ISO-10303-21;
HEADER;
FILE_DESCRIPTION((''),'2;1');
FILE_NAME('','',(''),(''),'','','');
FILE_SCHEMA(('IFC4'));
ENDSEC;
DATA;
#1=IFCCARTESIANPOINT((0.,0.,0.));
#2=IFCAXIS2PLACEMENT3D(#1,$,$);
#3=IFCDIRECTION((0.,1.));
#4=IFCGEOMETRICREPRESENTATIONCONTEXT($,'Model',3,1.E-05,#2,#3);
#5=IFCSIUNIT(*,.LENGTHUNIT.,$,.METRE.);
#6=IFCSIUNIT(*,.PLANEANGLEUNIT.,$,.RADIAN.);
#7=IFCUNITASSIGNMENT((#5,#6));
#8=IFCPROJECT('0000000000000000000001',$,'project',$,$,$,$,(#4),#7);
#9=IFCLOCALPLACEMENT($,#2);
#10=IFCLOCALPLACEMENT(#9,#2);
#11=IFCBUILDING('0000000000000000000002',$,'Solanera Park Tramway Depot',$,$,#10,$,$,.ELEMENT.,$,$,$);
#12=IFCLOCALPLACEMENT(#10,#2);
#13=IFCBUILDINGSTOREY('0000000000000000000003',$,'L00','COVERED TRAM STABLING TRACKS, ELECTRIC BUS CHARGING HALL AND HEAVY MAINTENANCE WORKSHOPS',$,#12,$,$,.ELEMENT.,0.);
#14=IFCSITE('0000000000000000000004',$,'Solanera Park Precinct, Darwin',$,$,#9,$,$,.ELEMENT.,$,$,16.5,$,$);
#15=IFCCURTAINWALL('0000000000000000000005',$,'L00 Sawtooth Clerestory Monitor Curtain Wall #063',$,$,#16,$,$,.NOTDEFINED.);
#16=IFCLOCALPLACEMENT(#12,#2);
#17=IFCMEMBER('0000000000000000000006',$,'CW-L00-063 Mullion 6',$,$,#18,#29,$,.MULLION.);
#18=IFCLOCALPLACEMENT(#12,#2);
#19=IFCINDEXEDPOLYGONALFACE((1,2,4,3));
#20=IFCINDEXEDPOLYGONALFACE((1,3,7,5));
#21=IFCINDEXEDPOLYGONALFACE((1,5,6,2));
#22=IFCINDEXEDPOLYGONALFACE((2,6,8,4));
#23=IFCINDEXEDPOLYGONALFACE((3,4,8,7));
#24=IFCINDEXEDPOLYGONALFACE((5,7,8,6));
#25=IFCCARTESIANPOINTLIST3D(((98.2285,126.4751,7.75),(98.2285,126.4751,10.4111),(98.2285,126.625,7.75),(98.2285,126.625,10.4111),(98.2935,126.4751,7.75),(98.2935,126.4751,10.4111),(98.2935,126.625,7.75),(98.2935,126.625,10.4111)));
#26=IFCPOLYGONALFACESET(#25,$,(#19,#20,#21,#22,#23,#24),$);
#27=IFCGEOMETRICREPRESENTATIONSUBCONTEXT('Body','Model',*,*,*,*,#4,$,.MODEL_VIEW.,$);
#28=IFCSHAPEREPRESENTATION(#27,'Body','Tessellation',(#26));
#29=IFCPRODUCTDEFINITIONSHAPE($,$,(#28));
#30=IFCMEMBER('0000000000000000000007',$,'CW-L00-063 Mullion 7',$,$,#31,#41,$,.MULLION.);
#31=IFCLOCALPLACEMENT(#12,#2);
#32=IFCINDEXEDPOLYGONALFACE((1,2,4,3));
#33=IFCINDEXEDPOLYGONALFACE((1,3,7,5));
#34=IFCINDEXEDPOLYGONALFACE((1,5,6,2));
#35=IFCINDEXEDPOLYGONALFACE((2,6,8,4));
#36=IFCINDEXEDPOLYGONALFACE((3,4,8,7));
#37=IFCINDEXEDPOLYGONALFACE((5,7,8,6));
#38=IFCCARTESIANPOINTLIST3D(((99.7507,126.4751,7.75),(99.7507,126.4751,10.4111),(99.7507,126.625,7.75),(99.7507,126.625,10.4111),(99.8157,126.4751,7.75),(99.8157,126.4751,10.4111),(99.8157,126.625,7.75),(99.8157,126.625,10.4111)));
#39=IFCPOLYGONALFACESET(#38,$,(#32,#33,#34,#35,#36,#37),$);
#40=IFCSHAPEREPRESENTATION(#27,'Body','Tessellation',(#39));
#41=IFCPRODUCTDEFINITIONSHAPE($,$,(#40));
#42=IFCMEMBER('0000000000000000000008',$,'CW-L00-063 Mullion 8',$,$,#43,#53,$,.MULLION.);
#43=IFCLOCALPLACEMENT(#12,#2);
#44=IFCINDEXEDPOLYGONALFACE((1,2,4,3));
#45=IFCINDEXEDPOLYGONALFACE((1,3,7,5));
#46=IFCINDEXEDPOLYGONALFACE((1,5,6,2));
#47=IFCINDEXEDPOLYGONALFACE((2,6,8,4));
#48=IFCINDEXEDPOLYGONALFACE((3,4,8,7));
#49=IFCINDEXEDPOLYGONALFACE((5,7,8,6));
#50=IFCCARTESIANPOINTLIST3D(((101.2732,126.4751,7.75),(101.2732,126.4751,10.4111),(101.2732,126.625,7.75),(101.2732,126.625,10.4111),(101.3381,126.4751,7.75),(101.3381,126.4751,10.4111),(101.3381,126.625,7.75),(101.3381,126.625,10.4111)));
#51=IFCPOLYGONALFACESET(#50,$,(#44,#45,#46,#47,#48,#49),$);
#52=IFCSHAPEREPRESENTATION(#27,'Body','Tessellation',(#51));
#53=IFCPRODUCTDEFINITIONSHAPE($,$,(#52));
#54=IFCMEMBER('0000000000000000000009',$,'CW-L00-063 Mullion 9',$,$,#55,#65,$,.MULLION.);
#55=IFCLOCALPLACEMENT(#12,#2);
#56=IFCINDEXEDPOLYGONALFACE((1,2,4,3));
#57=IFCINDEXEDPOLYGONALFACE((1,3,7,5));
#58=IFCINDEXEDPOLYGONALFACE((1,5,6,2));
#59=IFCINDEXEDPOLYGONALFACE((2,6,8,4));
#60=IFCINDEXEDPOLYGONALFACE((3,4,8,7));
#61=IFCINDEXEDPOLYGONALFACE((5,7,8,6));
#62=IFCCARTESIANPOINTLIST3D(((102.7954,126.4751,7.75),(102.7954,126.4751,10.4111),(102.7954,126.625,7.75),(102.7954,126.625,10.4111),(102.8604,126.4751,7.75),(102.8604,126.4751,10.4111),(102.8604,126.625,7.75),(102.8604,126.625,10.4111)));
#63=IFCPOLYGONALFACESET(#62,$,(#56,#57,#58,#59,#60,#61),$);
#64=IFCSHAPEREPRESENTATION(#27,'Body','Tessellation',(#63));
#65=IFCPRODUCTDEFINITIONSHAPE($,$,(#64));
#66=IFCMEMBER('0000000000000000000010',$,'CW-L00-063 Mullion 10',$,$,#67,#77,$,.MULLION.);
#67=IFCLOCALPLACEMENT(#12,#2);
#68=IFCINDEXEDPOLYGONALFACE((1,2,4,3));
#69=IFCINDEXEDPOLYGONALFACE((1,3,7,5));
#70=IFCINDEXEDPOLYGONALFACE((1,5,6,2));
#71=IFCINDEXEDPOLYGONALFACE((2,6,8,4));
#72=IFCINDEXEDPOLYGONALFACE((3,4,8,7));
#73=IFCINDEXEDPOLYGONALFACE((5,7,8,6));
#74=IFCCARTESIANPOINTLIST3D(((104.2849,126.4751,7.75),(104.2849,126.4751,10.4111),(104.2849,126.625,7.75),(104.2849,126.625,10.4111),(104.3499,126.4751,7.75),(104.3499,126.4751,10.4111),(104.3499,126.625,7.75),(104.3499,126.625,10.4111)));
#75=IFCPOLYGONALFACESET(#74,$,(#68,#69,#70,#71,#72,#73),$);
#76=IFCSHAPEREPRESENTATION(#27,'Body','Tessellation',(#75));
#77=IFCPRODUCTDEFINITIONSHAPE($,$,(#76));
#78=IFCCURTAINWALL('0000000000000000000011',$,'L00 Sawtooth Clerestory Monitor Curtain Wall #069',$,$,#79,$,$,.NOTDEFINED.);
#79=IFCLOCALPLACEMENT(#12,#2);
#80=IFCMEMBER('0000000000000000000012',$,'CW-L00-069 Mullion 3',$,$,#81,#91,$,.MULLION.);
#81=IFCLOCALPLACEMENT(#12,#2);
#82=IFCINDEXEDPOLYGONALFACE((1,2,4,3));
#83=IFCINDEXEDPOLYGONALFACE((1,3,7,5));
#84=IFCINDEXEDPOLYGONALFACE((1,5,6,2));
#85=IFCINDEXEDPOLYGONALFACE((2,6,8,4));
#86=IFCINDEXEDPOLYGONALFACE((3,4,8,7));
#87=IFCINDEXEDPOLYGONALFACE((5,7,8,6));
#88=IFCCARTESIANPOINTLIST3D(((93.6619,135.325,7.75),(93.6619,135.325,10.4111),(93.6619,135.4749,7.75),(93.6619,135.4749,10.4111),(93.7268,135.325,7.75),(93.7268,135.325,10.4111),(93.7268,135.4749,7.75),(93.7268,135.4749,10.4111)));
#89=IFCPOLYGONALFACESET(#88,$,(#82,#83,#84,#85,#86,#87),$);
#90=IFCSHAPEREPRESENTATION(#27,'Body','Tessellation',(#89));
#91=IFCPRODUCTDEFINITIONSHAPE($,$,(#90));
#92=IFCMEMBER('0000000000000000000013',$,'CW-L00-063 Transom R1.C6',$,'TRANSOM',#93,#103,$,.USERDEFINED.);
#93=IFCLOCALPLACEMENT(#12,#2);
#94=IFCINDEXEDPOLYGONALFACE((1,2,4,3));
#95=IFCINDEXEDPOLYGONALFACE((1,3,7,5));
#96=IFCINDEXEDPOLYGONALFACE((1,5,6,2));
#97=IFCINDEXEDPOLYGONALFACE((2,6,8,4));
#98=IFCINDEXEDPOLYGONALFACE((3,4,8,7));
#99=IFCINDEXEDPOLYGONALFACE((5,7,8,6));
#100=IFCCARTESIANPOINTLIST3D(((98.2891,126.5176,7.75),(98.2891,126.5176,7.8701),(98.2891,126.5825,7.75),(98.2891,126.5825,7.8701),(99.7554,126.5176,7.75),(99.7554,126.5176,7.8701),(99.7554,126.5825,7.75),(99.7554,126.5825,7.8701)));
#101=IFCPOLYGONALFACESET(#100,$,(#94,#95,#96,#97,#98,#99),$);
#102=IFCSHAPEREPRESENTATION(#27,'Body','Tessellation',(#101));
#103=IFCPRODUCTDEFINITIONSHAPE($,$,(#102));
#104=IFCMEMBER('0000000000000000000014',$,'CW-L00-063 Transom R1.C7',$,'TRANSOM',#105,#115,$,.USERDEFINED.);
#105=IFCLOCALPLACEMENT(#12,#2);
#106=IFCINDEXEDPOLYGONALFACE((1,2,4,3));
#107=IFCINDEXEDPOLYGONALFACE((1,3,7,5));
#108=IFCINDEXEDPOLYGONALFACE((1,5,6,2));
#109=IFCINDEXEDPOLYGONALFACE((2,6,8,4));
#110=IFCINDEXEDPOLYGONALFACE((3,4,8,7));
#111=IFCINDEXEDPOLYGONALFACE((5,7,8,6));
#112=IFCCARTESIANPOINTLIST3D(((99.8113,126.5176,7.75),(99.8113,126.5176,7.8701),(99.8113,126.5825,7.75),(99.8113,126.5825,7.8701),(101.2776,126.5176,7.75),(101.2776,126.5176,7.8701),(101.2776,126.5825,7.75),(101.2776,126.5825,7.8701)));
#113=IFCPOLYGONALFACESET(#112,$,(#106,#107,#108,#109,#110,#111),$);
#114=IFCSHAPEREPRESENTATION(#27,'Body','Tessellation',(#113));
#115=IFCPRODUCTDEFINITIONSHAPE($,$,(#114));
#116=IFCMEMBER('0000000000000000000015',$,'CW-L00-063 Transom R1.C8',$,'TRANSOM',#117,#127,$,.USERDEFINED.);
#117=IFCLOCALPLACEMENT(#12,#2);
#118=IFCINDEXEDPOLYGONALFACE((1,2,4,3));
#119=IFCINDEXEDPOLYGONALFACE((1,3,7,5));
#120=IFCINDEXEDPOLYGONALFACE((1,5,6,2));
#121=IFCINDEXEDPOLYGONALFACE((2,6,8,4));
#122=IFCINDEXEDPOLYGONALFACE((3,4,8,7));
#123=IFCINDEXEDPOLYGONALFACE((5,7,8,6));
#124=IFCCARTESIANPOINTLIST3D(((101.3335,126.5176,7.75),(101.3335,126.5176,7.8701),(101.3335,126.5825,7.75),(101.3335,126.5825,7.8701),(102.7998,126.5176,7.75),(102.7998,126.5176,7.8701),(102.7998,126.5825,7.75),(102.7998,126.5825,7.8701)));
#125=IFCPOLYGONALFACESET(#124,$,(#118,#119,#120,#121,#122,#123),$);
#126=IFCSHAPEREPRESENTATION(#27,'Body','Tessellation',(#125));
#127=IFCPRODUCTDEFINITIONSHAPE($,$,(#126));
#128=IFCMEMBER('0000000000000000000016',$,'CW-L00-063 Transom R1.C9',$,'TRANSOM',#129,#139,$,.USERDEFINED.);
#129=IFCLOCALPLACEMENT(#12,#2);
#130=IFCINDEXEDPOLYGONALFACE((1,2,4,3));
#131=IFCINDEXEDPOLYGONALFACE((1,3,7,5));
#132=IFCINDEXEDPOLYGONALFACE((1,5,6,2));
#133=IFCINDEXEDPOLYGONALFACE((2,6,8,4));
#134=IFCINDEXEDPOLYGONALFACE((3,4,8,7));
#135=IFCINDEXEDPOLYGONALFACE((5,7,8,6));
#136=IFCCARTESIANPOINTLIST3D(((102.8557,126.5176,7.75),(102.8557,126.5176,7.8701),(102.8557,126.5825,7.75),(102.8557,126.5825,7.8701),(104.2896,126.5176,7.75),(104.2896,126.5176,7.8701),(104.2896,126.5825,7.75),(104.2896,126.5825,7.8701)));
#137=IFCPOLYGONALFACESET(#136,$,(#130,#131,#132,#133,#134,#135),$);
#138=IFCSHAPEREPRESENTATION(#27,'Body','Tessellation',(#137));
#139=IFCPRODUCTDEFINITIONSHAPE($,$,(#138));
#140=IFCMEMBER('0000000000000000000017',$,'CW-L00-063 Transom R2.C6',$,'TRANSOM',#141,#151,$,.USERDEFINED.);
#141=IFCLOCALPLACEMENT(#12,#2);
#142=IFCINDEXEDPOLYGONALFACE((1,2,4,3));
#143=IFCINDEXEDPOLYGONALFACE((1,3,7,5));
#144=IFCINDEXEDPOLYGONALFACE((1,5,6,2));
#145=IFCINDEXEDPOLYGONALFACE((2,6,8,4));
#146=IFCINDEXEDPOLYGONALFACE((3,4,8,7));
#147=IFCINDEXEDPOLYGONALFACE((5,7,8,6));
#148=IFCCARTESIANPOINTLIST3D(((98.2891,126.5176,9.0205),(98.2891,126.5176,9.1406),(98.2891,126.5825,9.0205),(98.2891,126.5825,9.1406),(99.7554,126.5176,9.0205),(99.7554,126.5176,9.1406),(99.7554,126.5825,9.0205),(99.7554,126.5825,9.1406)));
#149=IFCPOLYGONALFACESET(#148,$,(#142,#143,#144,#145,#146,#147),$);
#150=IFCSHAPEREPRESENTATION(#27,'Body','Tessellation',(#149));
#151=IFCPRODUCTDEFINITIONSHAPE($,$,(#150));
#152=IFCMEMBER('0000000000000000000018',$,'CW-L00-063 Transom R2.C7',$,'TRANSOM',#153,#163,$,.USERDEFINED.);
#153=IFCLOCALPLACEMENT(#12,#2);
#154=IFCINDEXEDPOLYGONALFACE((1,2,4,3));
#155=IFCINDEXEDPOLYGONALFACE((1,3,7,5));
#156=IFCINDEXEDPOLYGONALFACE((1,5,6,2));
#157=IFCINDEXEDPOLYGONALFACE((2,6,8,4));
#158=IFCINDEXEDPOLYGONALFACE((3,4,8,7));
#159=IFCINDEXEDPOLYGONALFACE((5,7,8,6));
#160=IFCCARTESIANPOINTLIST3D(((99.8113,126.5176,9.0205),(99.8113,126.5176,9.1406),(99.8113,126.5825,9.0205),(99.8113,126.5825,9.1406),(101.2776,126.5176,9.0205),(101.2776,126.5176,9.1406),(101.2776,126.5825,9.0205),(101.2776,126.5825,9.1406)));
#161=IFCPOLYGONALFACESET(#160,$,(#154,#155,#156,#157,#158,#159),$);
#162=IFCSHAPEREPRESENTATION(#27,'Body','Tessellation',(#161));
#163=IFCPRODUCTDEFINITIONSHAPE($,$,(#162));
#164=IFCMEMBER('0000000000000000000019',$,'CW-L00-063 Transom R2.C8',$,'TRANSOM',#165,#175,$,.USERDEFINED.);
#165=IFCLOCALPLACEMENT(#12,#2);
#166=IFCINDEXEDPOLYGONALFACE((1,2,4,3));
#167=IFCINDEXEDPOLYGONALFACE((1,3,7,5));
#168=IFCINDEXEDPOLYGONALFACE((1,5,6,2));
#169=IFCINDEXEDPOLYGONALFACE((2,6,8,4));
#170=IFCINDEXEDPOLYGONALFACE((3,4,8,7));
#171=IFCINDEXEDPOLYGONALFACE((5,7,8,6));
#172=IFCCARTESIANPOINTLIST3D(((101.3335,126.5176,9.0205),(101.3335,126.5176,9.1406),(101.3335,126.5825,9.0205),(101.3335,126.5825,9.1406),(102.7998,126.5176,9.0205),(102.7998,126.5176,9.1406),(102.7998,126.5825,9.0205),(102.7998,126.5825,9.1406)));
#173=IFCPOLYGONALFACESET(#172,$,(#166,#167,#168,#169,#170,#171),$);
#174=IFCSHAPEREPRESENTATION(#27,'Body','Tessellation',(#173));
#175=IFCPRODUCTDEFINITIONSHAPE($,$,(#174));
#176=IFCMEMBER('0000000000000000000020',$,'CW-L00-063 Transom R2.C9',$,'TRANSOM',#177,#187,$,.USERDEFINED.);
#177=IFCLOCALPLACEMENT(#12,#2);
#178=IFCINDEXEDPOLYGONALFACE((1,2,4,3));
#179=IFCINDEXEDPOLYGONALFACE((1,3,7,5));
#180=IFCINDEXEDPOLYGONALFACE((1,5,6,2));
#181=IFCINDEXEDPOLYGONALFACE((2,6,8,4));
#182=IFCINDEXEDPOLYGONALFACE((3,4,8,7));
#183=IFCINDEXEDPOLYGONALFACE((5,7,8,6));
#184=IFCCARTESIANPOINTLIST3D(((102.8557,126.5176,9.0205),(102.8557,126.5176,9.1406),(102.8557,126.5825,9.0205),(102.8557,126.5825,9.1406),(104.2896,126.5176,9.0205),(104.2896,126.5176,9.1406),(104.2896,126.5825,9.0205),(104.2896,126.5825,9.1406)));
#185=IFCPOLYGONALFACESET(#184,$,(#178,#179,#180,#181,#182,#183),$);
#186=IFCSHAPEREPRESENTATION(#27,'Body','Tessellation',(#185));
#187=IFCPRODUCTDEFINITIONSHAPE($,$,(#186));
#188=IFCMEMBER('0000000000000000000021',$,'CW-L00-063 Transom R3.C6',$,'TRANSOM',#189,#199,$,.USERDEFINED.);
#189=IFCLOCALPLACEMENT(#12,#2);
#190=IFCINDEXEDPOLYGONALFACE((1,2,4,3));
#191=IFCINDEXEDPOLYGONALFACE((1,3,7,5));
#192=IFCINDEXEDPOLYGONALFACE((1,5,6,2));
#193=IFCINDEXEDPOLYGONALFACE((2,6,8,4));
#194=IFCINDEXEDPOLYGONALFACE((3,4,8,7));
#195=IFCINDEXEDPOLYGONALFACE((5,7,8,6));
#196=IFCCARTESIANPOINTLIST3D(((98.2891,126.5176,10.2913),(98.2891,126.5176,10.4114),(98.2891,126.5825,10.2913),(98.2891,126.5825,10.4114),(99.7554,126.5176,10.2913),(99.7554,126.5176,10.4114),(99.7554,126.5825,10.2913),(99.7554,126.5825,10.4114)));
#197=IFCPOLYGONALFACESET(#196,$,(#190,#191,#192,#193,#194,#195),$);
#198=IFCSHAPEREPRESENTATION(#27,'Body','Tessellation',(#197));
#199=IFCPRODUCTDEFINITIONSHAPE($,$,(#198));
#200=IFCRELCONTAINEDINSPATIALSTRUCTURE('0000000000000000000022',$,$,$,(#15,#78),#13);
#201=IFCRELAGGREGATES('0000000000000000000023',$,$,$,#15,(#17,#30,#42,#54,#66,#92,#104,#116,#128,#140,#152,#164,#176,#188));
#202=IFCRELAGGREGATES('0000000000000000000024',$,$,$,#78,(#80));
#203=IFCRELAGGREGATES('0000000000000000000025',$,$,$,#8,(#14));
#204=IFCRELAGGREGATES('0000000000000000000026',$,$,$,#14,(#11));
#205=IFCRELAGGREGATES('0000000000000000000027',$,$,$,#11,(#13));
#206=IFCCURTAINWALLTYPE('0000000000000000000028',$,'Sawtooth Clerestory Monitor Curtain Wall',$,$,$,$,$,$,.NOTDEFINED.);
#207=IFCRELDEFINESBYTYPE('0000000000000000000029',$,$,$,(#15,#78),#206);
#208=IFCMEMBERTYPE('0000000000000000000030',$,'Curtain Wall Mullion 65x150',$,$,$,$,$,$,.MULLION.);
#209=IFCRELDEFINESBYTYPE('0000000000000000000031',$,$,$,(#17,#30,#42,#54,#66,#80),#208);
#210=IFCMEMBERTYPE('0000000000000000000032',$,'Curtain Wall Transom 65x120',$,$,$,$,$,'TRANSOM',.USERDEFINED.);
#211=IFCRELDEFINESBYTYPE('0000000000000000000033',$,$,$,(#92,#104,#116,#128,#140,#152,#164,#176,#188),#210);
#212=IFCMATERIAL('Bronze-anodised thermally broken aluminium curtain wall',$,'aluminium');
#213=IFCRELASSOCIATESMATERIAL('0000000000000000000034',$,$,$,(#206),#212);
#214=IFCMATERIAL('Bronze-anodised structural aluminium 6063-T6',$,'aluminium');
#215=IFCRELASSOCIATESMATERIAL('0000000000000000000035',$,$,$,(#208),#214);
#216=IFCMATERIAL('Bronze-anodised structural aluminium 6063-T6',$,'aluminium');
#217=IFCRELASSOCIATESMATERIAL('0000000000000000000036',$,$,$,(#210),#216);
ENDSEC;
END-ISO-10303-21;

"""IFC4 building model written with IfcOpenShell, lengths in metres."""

from ifc_helpers import new_model, si_unit, direction, frame, origin, origin_2d, place, context, subcontext, project, spatial, rectangle, extrude, material, material_profile, profile_set, type_object, element, aggregate, save


model = new_model("IFC4")

# Units and contexts
model_context = context("Model", 3, precision=1e-05, world=origin(), true_north=direction((0.0, 1.0)))
body_context = subcontext(model_context, "Body", "Model", "MODEL_VIEW")
ifc_project = project(units=[si_unit("LENGTHUNIT", "METRE"), si_unit("PLANEANGLEUNIT", "RADIAN")], contexts=[model_context])

# Site, building, storey
site_placement = place(None, origin())
site = spatial("IfcSite", under=ifc_project, at=site_placement, Name="Solanera Park Precinct, Darwin", CompositionType="ELEMENT", RefElevation=16.5)
building_placement = place(site_placement, origin())
building = spatial("IfcBuilding", under=site, at=building_placement, Name="Solanera Park Tramway Depot", CompositionType="ELEMENT")
storey_placement = place(building_placement, origin())
storey = spatial("IfcBuildingStorey", under=building, at=storey_placement, Name="L00", Description="COVERED TRAM STABLING TRACKS, ELECTRIC BUS CHARGING HALL AND HEAVY MAINTENANCE WORKSHOPS", CompositionType="ELEMENT", Elevation=0.0)

# Curtain wall, members
ifc_material_1 = material(Name="Bronze-anodised thermally broken aluminium curtain wall", Category="aluminium")
curtain_wall_type = type_object("IfcCurtainWallType", Name="Sawtooth Clerestory Monitor Curtain Wall", PredefinedType="NOTDEFINED", material=ifc_material_1)
curtain_wall_1_placement = place(storey_placement, origin())
curtain_wall_1 = element("IfcCurtainWall", 1, at=curtain_wall_1_placement, inside=storey, type_object=curtain_wall_type, Name="L00 Sawtooth Clerestory Monitor Curtain Wall #063", PredefinedType="NOTDEFINED")
ifc_material_2 = material(Name="Bronze-anodised structural aluminium 6063-T6", Category="aluminium")
ifc_material_profile_1 = material_profile(ifc_material_2, rectangle(XDim=0.0649, YDim=0.1499, at=origin_2d()), Name="Curtain Wall Mullion 65x150")
ifc_profile_set_1 = profile_set([ifc_material_profile_1], Name="Bronze-anodised structural aluminium 6063-T6")
member_type_1 = type_object("IfcMemberType", Name="Curtain Wall Mullion 65x150", PredefinedType="MULLION", material=ifc_profile_set_1)
member_1_placement = place(storey_placement, frame((98.261, 126.55, 7.75), z_axis=(0.0, 0.0, 1.0), x_axis=(1.0, 0.0, 0.0)))
member_1 = element("IfcMember", 2, at=member_1_placement, type_object=member_type_1, Name="CW-L00-063 Mullion 6", PredefinedType="MULLION", context=body_context, shape_type="SweptSolid", body=[
    extrude(rectangle(XDim=0.0649, YDim=0.1499, at=origin_2d()), origin(), (0.0, 0.0, 1.0), 2.6611),
])
member_2_placement = place(storey_placement, frame((99.7832, 126.55, 7.75), z_axis=(0.0, 0.0, 1.0), x_axis=(1.0, 0.0, 0.0)))
member_2 = element("IfcMember", 3, at=member_2_placement, type_object=member_type_1, Name="CW-L00-063 Mullion 7", PredefinedType="MULLION", context=body_context, shape_type="SweptSolid", body=[
    extrude(rectangle(XDim=0.0649, YDim=0.1499, at=origin_2d()), origin(), (0.0, 0.0, 1.0), 2.6611),
])
member_3_placement = place(storey_placement, frame((101.3057, 126.55, 7.75), z_axis=(0.0, 0.0, 1.0), x_axis=(1.0, 0.0, 0.0)))
member_3 = element("IfcMember", 4, at=member_3_placement, type_object=member_type_1, Name="CW-L00-063 Mullion 8", PredefinedType="MULLION", context=body_context, shape_type="SweptSolid", body=[
    extrude(rectangle(XDim=0.0649, YDim=0.1499, at=origin_2d()), origin(), (0.0, 0.0, 1.0), 2.6611),
])
member_4_placement = place(storey_placement, frame((102.8279, 126.55, 7.75), z_axis=(0.0, 0.0, 1.0), x_axis=(1.0, 0.0, 0.0)))
member_4 = element("IfcMember", 5, at=member_4_placement, type_object=member_type_1, Name="CW-L00-063 Mullion 9", PredefinedType="MULLION", context=body_context, shape_type="SweptSolid", body=[
    extrude(rectangle(XDim=0.0649, YDim=0.1499, at=origin_2d()), origin(), (0.0, 0.0, 1.0), 2.6611),
])
member_5_placement = place(storey_placement, frame((104.3174, 126.55, 7.75), z_axis=(0.0, 0.0, 1.0), x_axis=(1.0, 0.0, 0.0)))
member_5 = element("IfcMember", 6, at=member_5_placement, type_object=member_type_1, Name="CW-L00-063 Mullion 10", PredefinedType="MULLION", context=body_context, shape_type="SweptSolid", body=[
    extrude(rectangle(XDim=0.0649, YDim=0.1499, at=origin_2d()), origin(), (0.0, 0.0, 1.0), 2.6611),
])

# Curtain wall, member
curtain_wall_2_placement = place(storey_placement, origin())
curtain_wall_2 = element("IfcCurtainWall", 7, at=curtain_wall_2_placement, inside=storey, type_object=curtain_wall_type, Name="L00 Sawtooth Clerestory Monitor Curtain Wall #069", PredefinedType="NOTDEFINED")
member_6_placement = place(storey_placement, frame((93.6943, 135.3999, 7.75), z_axis=(0.0, 0.0, 1.0), x_axis=(1.0, 0.0, 0.0)))
member_6 = element("IfcMember", 8, at=member_6_placement, type_object=member_type_1, Name="CW-L00-069 Mullion 3", PredefinedType="MULLION", context=body_context, shape_type="SweptSolid", body=[
    extrude(rectangle(XDim=0.0649, YDim=0.1499, at=origin_2d()), origin(), (0.0, 0.0, 1.0), 2.6611),
])

# Members
ifc_material_3 = material(Name="Bronze-anodised structural aluminium 6063-T6", Category="aluminium")
ifc_material_profile_2 = material_profile(ifc_material_3, rectangle(XDim=0.0649, YDim=0.1201, at=origin_2d()), Name="Curtain Wall Transom 65x120")
ifc_profile_set_2 = profile_set([ifc_material_profile_2], Name="Bronze-anodised structural aluminium 6063-T6")
member_type_2 = type_object("IfcMemberType", Name="Curtain Wall Transom 65x120", ElementType="TRANSOM", PredefinedType="USERDEFINED", material=ifc_profile_set_2)
member_7_placement = place(storey_placement, frame((98.2891, 126.55, 7.8101), z_axis=(1.0, 0.0, 0.0), x_axis=(0.0, 1.0, 0.0)))
member_7 = element("IfcMember", 9, at=member_7_placement, type_object=member_type_2, Name="CW-L00-063 Transom R1.C6", ObjectType="TRANSOM", PredefinedType="USERDEFINED", context=body_context, shape_type="SweptSolid", body=[
    extrude(rectangle(XDim=0.0649, YDim=0.1201, at=origin_2d()), origin(), (0.0, 0.0, 1.0), 1.4663),
])
member_8_placement = place(storey_placement, frame((99.8113, 126.55, 7.8101), z_axis=(1.0, 0.0, 0.0), x_axis=(0.0, 1.0, 0.0)))
member_8 = element("IfcMember", 10, at=member_8_placement, type_object=member_type_2, Name="CW-L00-063 Transom R1.C7", ObjectType="TRANSOM", PredefinedType="USERDEFINED", context=body_context, shape_type="SweptSolid", body=[
    extrude(rectangle(XDim=0.0649, YDim=0.1201, at=origin_2d()), origin(), (0.0, 0.0, 1.0), 1.4663),
])
member_9_placement = place(storey_placement, frame((101.3335, 126.55, 7.8101), z_axis=(1.0, 0.0, 0.0), x_axis=(0.0, 1.0, 0.0)))
member_9 = element("IfcMember", 11, at=member_9_placement, type_object=member_type_2, Name="CW-L00-063 Transom R1.C8", ObjectType="TRANSOM", PredefinedType="USERDEFINED", context=body_context, shape_type="SweptSolid", body=[
    extrude(rectangle(XDim=0.0649, YDim=0.1201, at=origin_2d()), origin(), (0.0, 0.0, 1.0), 1.4663),
])
member_10_placement = place(storey_placement, frame((102.8557, 126.55, 7.8101), z_axis=(1.0, 0.0, 0.0), x_axis=(0.0, 1.0, 0.0)))
member_10 = element("IfcMember", 12, at=member_10_placement, type_object=member_type_2, Name="CW-L00-063 Transom R1.C9", ObjectType="TRANSOM", PredefinedType="USERDEFINED", context=body_context, shape_type="SweptSolid", body=[
    extrude(rectangle(XDim=0.0649, YDim=0.1201, at=origin_2d()), origin(), (0.0, 0.0, 1.0), 1.4338),
])
member_11_placement = place(storey_placement, frame((98.2891, 126.55, 9.0806), z_axis=(1.0, 0.0, 0.0), x_axis=(0.0, 1.0, 0.0)))
member_11 = element("IfcMember", 13, at=member_11_placement, type_object=member_type_2, Name="CW-L00-063 Transom R2.C6", ObjectType="TRANSOM", PredefinedType="USERDEFINED", context=body_context, shape_type="SweptSolid", body=[
    extrude(rectangle(XDim=0.0649, YDim=0.1201, at=origin_2d()), origin(), (0.0, 0.0, 1.0), 1.4663),
])
member_12_placement = place(storey_placement, frame((99.8113, 126.55, 9.0806), z_axis=(1.0, 0.0, 0.0), x_axis=(0.0, 1.0, 0.0)))
member_12 = element("IfcMember", 14, at=member_12_placement, type_object=member_type_2, Name="CW-L00-063 Transom R2.C7", ObjectType="TRANSOM", PredefinedType="USERDEFINED", context=body_context, shape_type="SweptSolid", body=[
    extrude(rectangle(XDim=0.0649, YDim=0.1201, at=origin_2d()), origin(), (0.0, 0.0, 1.0), 1.4663),
])
member_13_placement = place(storey_placement, frame((101.3335, 126.55, 9.0806), z_axis=(1.0, 0.0, 0.0), x_axis=(0.0, 1.0, 0.0)))
member_13 = element("IfcMember", 15, at=member_13_placement, type_object=member_type_2, Name="CW-L00-063 Transom R2.C8", ObjectType="TRANSOM", PredefinedType="USERDEFINED", context=body_context, shape_type="SweptSolid", body=[
    extrude(rectangle(XDim=0.0649, YDim=0.1201, at=origin_2d()), origin(), (0.0, 0.0, 1.0), 1.4663),
])
member_14_placement = place(storey_placement, frame((102.8557, 126.55, 9.0806), z_axis=(1.0, 0.0, 0.0), x_axis=(0.0, 1.0, 0.0)))
member_14 = element("IfcMember", 16, at=member_14_placement, type_object=member_type_2, Name="CW-L00-063 Transom R2.C9", ObjectType="TRANSOM", PredefinedType="USERDEFINED", context=body_context, shape_type="SweptSolid", body=[
    extrude(rectangle(XDim=0.0649, YDim=0.1201, at=origin_2d()), origin(), (0.0, 0.0, 1.0), 1.4338),
])
member_15_placement = place(storey_placement, frame((98.2891, 126.55, 10.3513), z_axis=(1.0, 0.0, 0.0), x_axis=(0.0, 1.0, 0.0)))
member_15 = element("IfcMember", 17, at=member_15_placement, type_object=member_type_2, Name="CW-L00-063 Transom R3.C6", ObjectType="TRANSOM", PredefinedType="USERDEFINED", context=body_context, shape_type="SweptSolid", body=[
    extrude(rectangle(XDim=0.0649, YDim=0.1201, at=origin_2d()), origin(), (0.0, 0.0, 1.0), 1.4663),
])

aggregate(curtain_wall_1, [member_1, member_2, member_3, member_4, member_5, member_7, member_8, member_9, member_10, member_11, member_12, member_13, member_14, member_15])
aggregate(curtain_wall_2, [member_6])

save(model, "model.ifc")
